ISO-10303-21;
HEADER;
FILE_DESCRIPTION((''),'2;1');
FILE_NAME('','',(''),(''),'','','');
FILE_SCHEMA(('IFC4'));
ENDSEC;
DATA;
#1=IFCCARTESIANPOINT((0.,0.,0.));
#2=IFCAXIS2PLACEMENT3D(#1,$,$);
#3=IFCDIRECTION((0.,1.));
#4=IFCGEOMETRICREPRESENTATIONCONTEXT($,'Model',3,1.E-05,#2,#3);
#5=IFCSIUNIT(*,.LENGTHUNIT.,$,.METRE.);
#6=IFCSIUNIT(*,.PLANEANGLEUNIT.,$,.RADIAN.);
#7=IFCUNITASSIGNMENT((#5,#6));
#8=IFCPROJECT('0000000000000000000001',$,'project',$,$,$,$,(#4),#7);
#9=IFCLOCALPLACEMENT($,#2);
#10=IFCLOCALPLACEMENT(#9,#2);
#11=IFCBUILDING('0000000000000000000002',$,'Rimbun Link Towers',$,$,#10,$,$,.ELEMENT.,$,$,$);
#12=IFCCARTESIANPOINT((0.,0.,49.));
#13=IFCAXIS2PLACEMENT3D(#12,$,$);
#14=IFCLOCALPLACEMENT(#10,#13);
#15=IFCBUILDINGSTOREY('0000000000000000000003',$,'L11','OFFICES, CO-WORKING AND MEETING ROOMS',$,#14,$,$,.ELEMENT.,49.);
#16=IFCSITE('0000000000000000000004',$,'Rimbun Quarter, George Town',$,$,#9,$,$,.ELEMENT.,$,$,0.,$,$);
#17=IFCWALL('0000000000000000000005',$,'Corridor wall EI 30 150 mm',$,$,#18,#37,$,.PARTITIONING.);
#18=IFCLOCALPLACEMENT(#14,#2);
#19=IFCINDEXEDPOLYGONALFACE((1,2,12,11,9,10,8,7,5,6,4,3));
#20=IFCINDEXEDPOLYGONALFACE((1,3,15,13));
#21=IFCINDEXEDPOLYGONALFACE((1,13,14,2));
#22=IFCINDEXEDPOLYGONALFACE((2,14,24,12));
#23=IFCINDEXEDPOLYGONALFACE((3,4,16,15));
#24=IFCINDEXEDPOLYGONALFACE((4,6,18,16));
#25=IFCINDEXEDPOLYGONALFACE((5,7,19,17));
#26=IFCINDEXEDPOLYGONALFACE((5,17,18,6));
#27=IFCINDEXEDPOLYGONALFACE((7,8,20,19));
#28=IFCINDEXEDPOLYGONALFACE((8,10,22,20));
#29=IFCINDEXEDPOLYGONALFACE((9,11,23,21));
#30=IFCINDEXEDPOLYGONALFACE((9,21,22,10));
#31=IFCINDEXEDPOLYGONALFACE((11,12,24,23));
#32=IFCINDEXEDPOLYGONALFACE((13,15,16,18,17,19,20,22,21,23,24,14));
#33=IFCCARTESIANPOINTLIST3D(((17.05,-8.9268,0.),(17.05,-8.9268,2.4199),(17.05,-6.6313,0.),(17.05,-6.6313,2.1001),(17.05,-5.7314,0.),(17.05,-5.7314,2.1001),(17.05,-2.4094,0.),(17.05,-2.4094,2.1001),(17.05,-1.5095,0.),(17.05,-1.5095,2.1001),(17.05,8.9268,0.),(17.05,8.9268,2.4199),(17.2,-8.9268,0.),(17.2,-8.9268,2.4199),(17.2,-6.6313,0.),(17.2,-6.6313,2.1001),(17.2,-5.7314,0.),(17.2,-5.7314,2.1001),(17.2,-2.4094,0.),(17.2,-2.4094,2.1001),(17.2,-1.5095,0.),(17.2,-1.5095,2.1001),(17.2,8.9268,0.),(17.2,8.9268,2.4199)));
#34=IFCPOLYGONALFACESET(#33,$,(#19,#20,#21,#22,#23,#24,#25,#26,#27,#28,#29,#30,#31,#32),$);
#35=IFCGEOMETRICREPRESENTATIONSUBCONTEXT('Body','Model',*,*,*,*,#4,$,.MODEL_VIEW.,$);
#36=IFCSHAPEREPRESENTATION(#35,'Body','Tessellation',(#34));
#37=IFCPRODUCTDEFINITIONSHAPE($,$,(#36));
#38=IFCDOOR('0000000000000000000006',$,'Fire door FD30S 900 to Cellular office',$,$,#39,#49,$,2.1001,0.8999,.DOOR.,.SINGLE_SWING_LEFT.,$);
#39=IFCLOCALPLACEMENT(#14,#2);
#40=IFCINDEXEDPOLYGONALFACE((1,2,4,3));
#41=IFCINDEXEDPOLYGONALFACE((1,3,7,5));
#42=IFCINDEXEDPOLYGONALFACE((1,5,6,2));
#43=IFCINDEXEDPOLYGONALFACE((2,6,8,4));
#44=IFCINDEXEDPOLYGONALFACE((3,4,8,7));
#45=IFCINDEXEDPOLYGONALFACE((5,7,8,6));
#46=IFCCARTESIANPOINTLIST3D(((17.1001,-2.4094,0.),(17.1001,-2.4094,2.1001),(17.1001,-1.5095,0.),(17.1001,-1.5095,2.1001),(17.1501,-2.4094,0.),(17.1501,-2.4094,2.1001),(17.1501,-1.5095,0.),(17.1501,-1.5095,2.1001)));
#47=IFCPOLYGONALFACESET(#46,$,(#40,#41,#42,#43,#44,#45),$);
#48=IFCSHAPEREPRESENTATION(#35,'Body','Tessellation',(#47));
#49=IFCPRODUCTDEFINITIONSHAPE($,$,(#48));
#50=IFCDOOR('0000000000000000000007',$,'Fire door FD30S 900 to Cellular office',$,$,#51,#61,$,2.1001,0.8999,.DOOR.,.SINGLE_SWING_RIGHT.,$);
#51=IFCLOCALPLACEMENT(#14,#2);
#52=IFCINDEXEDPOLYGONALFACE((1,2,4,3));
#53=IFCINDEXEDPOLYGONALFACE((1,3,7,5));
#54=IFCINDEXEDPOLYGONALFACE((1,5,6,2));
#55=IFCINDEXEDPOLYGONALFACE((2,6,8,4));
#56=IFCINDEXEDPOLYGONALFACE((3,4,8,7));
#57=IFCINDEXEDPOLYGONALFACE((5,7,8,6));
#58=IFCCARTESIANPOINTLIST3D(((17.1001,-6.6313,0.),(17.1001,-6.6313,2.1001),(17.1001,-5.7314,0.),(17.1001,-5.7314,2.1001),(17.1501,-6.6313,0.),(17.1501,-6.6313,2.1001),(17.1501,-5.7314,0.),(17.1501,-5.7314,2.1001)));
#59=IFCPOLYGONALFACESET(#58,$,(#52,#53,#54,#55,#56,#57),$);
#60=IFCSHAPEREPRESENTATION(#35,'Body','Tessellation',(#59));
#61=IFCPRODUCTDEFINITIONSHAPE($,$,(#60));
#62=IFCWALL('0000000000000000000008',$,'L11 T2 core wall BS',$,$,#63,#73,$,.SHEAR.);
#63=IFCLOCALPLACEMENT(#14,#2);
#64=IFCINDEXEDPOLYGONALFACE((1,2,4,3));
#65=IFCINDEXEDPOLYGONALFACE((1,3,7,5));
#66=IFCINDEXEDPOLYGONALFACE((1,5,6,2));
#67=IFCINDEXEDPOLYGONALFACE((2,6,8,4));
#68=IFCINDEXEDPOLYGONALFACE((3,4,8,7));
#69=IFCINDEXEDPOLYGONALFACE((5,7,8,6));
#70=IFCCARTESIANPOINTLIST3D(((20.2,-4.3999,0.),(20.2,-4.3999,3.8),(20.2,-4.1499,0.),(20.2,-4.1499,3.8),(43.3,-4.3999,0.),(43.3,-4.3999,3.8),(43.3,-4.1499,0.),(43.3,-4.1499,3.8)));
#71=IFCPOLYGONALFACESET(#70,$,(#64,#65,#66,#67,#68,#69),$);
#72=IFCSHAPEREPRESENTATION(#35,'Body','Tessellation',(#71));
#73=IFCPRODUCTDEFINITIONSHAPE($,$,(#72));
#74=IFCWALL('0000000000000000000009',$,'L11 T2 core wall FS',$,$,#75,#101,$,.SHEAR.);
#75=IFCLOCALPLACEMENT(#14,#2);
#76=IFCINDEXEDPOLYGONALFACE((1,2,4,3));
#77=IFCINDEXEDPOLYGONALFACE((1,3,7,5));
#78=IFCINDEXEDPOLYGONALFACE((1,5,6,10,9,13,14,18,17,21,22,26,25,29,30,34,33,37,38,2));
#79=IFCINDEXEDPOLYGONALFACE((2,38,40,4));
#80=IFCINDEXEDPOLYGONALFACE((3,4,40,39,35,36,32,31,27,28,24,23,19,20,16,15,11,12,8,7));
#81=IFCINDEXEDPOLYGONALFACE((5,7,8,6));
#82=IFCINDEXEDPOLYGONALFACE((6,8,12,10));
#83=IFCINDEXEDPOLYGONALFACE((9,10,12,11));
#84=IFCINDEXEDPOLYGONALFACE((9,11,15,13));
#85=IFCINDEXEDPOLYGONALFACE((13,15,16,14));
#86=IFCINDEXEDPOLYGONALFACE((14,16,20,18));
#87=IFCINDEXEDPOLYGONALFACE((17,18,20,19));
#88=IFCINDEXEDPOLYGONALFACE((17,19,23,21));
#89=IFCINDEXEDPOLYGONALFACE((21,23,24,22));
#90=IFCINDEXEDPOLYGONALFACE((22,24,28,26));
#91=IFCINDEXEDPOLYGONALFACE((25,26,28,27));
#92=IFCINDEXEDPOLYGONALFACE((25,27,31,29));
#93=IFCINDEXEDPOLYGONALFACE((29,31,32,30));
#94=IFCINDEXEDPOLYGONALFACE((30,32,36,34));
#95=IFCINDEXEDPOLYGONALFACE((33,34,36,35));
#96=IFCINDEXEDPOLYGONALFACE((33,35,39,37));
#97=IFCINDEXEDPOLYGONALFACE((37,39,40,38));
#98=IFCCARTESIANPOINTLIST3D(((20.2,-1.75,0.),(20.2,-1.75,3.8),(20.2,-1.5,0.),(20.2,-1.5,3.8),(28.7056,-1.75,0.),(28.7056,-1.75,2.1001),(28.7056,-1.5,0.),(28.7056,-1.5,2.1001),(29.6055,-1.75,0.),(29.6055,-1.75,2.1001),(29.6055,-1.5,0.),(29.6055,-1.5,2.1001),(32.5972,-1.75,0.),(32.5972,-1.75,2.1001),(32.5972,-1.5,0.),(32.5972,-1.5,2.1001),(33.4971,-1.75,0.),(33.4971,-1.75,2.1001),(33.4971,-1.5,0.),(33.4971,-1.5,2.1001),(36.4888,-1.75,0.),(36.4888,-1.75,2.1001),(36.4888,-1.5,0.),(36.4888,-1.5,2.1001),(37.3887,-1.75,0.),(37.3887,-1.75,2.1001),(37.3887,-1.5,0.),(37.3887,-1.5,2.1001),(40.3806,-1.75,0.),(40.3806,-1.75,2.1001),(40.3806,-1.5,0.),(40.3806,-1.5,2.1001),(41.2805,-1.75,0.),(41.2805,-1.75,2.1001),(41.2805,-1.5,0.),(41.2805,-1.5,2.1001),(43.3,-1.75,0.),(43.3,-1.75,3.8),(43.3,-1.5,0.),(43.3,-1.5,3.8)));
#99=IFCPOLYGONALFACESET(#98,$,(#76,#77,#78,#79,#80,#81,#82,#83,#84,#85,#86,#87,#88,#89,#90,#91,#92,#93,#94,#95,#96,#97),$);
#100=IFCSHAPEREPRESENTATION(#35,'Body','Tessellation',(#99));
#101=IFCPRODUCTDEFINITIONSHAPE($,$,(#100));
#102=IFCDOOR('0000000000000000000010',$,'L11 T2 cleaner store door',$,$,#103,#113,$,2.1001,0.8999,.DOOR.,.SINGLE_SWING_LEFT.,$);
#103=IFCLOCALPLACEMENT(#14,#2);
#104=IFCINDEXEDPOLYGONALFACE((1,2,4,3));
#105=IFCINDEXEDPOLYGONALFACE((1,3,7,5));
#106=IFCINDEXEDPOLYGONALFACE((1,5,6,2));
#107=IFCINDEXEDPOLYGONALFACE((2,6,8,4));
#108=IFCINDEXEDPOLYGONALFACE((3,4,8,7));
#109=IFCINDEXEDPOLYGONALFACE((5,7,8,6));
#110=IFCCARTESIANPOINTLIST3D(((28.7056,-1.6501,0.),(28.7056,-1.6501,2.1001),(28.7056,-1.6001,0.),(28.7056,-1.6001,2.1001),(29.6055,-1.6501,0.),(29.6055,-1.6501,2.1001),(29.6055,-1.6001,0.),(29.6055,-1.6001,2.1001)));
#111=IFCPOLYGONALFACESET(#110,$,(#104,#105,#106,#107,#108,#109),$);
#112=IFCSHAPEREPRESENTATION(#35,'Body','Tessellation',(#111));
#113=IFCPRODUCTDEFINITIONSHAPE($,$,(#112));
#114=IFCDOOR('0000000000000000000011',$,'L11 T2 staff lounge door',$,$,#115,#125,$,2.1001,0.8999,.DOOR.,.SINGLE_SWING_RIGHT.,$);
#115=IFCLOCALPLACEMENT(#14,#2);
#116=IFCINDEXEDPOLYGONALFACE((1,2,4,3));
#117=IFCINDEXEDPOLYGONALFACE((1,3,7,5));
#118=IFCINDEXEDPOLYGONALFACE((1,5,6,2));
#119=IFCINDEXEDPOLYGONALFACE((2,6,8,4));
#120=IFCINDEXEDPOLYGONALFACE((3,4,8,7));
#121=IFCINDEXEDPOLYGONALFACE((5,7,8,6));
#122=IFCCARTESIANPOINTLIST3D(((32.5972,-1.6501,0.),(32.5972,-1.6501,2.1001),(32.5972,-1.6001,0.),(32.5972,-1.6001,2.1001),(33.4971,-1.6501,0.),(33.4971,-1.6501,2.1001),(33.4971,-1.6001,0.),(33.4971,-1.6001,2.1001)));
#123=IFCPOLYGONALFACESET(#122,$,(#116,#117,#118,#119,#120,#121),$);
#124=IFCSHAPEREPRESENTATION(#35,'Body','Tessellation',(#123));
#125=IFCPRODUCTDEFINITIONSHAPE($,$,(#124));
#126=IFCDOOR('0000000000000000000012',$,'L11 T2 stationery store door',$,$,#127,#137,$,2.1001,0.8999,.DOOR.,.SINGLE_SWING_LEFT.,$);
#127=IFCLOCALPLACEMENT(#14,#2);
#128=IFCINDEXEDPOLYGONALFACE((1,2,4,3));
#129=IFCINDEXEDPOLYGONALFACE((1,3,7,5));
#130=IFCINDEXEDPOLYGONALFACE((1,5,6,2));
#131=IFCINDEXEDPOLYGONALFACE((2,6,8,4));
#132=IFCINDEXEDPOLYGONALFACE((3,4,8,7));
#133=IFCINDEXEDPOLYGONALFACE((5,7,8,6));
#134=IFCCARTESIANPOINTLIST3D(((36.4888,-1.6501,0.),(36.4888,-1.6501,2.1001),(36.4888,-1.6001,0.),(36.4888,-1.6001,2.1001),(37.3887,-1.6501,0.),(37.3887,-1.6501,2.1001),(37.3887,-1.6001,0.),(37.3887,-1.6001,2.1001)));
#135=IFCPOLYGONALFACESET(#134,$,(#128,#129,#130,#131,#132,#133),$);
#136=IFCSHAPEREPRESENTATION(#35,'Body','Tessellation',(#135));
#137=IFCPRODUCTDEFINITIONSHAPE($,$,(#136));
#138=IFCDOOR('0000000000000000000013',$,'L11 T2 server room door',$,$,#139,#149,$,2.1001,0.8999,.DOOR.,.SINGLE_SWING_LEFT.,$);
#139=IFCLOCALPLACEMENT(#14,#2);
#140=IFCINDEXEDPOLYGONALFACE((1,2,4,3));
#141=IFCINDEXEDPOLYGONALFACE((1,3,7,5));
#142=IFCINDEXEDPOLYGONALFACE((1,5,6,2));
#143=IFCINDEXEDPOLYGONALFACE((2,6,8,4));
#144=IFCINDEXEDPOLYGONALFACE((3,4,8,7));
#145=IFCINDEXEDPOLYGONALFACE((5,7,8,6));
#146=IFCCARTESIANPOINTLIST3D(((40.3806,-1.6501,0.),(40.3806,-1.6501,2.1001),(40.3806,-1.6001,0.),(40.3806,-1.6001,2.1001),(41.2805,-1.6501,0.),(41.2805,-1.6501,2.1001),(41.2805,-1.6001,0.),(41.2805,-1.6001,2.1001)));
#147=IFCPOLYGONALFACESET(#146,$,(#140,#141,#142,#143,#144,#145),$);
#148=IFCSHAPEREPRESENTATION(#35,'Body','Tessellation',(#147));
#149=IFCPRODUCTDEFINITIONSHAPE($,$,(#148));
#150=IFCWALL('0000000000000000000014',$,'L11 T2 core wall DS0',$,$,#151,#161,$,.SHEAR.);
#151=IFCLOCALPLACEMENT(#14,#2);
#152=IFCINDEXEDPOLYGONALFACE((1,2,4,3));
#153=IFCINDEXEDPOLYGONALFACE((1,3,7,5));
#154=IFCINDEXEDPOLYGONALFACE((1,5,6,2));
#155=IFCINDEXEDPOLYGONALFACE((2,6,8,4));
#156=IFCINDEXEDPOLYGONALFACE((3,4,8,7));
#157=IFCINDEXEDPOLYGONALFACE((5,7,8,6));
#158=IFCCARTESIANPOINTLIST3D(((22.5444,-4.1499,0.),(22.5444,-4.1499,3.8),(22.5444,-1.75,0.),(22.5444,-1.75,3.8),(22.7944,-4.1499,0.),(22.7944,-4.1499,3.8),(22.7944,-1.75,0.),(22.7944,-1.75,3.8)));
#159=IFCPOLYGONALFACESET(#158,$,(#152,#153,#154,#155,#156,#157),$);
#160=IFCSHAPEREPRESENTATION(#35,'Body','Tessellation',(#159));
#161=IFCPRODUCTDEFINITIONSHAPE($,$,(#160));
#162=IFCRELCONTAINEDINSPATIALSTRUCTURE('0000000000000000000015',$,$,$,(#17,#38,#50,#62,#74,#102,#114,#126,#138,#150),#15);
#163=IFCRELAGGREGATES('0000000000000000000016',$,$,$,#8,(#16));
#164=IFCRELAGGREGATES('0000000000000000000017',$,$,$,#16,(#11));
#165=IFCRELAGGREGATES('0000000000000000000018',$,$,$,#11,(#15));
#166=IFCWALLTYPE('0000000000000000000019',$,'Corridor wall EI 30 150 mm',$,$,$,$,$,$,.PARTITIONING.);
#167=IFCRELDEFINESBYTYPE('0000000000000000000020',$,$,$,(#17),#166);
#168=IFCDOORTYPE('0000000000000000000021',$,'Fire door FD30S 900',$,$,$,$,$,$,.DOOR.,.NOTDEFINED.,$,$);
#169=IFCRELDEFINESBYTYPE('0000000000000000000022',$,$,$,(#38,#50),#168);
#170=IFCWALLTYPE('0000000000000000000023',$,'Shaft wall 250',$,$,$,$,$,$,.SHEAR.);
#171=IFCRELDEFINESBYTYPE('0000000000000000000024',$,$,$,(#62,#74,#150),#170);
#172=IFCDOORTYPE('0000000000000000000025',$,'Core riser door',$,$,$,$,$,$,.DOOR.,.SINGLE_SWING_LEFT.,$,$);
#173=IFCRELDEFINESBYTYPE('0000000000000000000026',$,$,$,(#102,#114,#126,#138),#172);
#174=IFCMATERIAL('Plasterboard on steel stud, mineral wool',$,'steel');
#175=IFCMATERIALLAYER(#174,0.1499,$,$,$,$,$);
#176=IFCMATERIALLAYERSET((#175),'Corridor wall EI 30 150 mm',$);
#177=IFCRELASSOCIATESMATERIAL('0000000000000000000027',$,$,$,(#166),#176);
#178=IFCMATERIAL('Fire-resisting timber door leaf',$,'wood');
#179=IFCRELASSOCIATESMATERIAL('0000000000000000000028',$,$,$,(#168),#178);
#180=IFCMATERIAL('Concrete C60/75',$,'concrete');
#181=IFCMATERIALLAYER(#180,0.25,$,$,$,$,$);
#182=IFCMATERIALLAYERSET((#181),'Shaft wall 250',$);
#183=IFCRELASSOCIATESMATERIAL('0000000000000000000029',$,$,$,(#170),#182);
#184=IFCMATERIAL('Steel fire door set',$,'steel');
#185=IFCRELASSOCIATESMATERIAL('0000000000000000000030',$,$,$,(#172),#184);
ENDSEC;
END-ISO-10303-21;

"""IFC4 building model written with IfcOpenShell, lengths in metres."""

from ifc_helpers import new_model, si_unit, direction, frame, frame_2d, origin, place, context, subcontext, project, spatial, rectangle, extrude, material, layer, layer_set, type_object, element, fill, save


model = new_model("IFC4")

# Units and contexts
model_context = context("Model", 3, precision=1e-05, world=origin(), true_north=direction((0.0, 1.0)))
body_context = subcontext(model_context, "Body", "Model", "MODEL_VIEW")
ifc_project = project(units=[si_unit("LENGTHUNIT", "METRE"), si_unit("PLANEANGLEUNIT", "RADIAN")], contexts=[model_context])

# Site, building, storey
site_placement = place(None, origin())
site = spatial("IfcSite", under=ifc_project, at=site_placement, Name="Rimbun Quarter, George Town", CompositionType="ELEMENT", RefElevation=0.0)
building_placement = place(site_placement, origin())
building = spatial("IfcBuilding", under=site, at=building_placement, Name="Rimbun Link Towers", CompositionType="ELEMENT")
storey_placement = place(building_placement, frame((0.0, 0.0, 49.0)))
storey = spatial("IfcBuildingStorey", under=building, at=storey_placement, Name="L11", Description="OFFICES, CO-WORKING AND MEETING ROOMS", CompositionType="ELEMENT", Elevation=49.0)

# Shared definitions
ifc_material_1 = material(Name="Plasterboard on steel stud, mineral wool", Category="steel")
ifc_layer_1 = layer(ifc_material_1, 0.1499)
ifc_layer_set_1 = layer_set([ifc_layer_1], Name="Corridor wall EI 30 150 mm")
wall_type_1 = type_object("IfcWallType", Name="Corridor wall EI 30 150 mm", PredefinedType="PARTITIONING", material=ifc_layer_set_1)
ifc_material_2 = material(Name="Fire-resisting timber door leaf", Category="wood")
door_type_1 = type_object("IfcDoorType", Name="Fire door FD30S 900", OperationType="NOTDEFINED", PredefinedType="DOOR", material=ifc_material_2)

# Wall, openings, doors
wall_1_placement = place(storey_placement, frame((17.125, -8.9268, 0.0), z_axis=(0.0, 0.0, 1.0), x_axis=(0.0, 1.0, 0.0)))
wall_1 = element("IfcWall", 1, at=wall_1_placement, inside=storey, type_object=wall_type_1, Name="Corridor wall EI 30 150 mm", PredefinedType="PARTITIONING", context=body_context, shape_type="SweptSolid", body=[
    extrude(rectangle(XDim=17.8535, YDim=0.1499, at=frame_2d((8.9268, 0.0))), origin(), (0.0, 0.0, 1.0), 2.4199),
])
opening_1_placement = place(wall_1_placement, frame((6.5173, 0.0, 0.0)))
opening_1 = element("IfcOpeningElement", 2, at=opening_1_placement, cuts=wall_1, PredefinedType="OPENING", context=body_context, shape_type="SweptSolid", body=[
    extrude(rectangle(XDim=0.8999, YDim=2.1001, at=frame_2d((0.45, 1.05))), frame((0.0, 0.085, 0.0), z_axis=(0.0, -1.0, 0.0), x_axis=(1.0, 0.0, 0.0)), (0.0, 0.0, 1.0), 0.1699),
])
opening_2_placement = place(wall_1_placement, frame((2.2954, 0.0, 0.0)))
opening_2 = element("IfcOpeningElement", 3, at=opening_2_placement, cuts=wall_1, PredefinedType="OPENING", context=body_context, shape_type="SweptSolid", body=[
    extrude(rectangle(XDim=0.8999, YDim=2.1001, at=frame_2d((0.45, 1.05))), frame((0.0, 0.085, 0.0), z_axis=(0.0, -1.0, 0.0), x_axis=(1.0, 0.0, 0.0)), (0.0, 0.0, 1.0), 0.1699),
])
door_1_placement = place(opening_1_placement, origin())
door_1 = element("IfcDoor", 4, at=door_1_placement, inside=storey, type_object=door_type_1, Name="Fire door FD30S 900 to Cellular office", OperationType="SINGLE_SWING_LEFT", OverallHeight=2.1001, OverallWidth=0.8999, PredefinedType="DOOR", context=body_context, shape_type="SweptSolid", body=[
    extrude(rectangle(XDim=0.8999, YDim=2.1001, at=frame_2d((0.45, 1.05))), frame((0.0, 0.0249, 0.0), z_axis=(0.0, -1.0, 0.0), x_axis=(1.0, 0.0, 0.0)), (0.0, 0.0, 1.0), 0.05),
])
fill(opening_1, door_1)
door_2_placement = place(opening_2_placement, origin())
door_2 = element("IfcDoor", 5, at=door_2_placement, inside=storey, type_object=door_type_1, Name="Fire door FD30S 900 to Cellular office", OperationType="SINGLE_SWING_RIGHT", OverallHeight=2.1001, OverallWidth=0.8999, PredefinedType="DOOR", context=body_context, shape_type="SweptSolid", body=[
    extrude(rectangle(XDim=0.8999, YDim=2.1001, at=frame_2d((0.45, 1.05))), frame((0.0, 0.0249, 0.0), z_axis=(0.0, -1.0, 0.0), x_axis=(1.0, 0.0, 0.0)), (0.0, 0.0, 1.0), 0.05),
])
fill(opening_2, door_2)

# Wall
ifc_material_3 = material(Name="Concrete C60/75", Category="concrete")
ifc_layer_2 = layer(ifc_material_3, 0.25)
ifc_layer_set_2 = layer_set([ifc_layer_2], Name="Shaft wall 250")
wall_type_2 = type_object("IfcWallType", Name="Shaft wall 250", PredefinedType="SHEAR", material=ifc_layer_set_2)
wall_2_placement = place(storey_placement, frame((20.2, -4.2749, 0.0), z_axis=(0.0, 0.0, 1.0), x_axis=(1.0, 0.0, 0.0)))
element("IfcWall", 6, at=wall_2_placement, inside=storey, type_object=wall_type_2, Name="L11 T2 core wall BS", PredefinedType="SHEAR", context=body_context, shape_type="SweptSolid", body=[
    extrude(rectangle(XDim=23.1001, YDim=0.25, at=frame_2d((11.55, 0.0))), origin(), (0.0, 0.0, 1.0), 3.8),
])

# Wall, openings, doors
wall_3_placement = place(storey_placement, frame((20.2, -1.625, 0.0), z_axis=(0.0, 0.0, 1.0), x_axis=(1.0, 0.0, 0.0)))
wall_3 = element("IfcWall", 7, at=wall_3_placement, inside=storey, type_object=wall_type_2, Name="L11 T2 core wall FS", PredefinedType="SHEAR", context=body_context, shape_type="SweptSolid", body=[
    extrude(rectangle(XDim=23.1001, YDim=0.25, at=frame_2d((11.55, 0.0))), origin(), (0.0, 0.0, 1.0), 3.8),
])
opening_3_placement = place(wall_3_placement, frame((8.5056, 0.0, 0.0)))
opening_3 = element("IfcOpeningElement", 8, at=opening_3_placement, cuts=wall_3, PredefinedType="OPENING", context=body_context, shape_type="SweptSolid", body=[
    extrude(rectangle(XDim=0.8999, YDim=2.1001, at=frame_2d((0.45, 1.05))), frame((0.0, 0.135, 0.0), z_axis=(0.0, -1.0, 0.0), x_axis=(1.0, 0.0, 0.0)), (0.0, 0.0, 1.0), 0.27),
])
opening_4_placement = place(wall_3_placement, frame((12.3972, 0.0, 0.0)))
opening_4 = element("IfcOpeningElement", 9, at=opening_4_placement, cuts=wall_3, PredefinedType="OPENING", context=body_context, shape_type="SweptSolid", body=[
    extrude(rectangle(XDim=0.8999, YDim=2.1001, at=frame_2d((0.45, 1.05))), frame((0.0, 0.135, 0.0), z_axis=(0.0, -1.0, 0.0), x_axis=(1.0, 0.0, 0.0)), (0.0, 0.0, 1.0), 0.27),
])
opening_5_placement = place(wall_3_placement, frame((16.2888, 0.0, 0.0)))
opening_5 = element("IfcOpeningElement", 10, at=opening_5_placement, cuts=wall_3, PredefinedType="OPENING", context=body_context, shape_type="SweptSolid", body=[
    extrude(rectangle(XDim=0.8999, YDim=2.1001, at=frame_2d((0.45, 1.05))), frame((0.0, 0.135, 0.0), z_axis=(0.0, -1.0, 0.0), x_axis=(1.0, 0.0, 0.0)), (0.0, 0.0, 1.0), 0.27),
])
opening_6_placement = place(wall_3_placement, frame((20.1807, 0.0, 0.0)))
opening_6 = element("IfcOpeningElement", 11, at=opening_6_placement, cuts=wall_3, PredefinedType="OPENING", context=body_context, shape_type="SweptSolid", body=[
    extrude(rectangle(XDim=0.8999, YDim=2.1001, at=frame_2d((0.45, 1.05))), frame((0.0, 0.135, 0.0), z_axis=(0.0, -1.0, 0.0), x_axis=(1.0, 0.0, 0.0)), (0.0, 0.0, 1.0), 0.27),
])
ifc_material_4 = material(Name="Steel fire door set", Category="steel")
door_type_2 = type_object("IfcDoorType", Name="Core riser door", OperationType="SINGLE_SWING_LEFT", PredefinedType="DOOR", material=ifc_material_4)
door_3_placement = place(opening_3_placement, origin())
door_3 = element("IfcDoor", 12, at=door_3_placement, inside=storey, type_object=door_type_2, Name="L11 T2 cleaner store door", OperationType="SINGLE_SWING_LEFT", OverallHeight=2.1001, OverallWidth=0.8999, PredefinedType="DOOR", context=body_context, shape_type="SweptSolid", body=[
    extrude(rectangle(XDim=0.8999, YDim=2.1001, at=frame_2d((0.45, 1.05))), frame((0.0, 0.0249, 0.0), z_axis=(0.0, -1.0, 0.0), x_axis=(1.0, 0.0, 0.0)), (0.0, 0.0, 1.0), 0.05),
])
fill(opening_3, door_3)
door_4_placement = place(opening_4_placement, origin())
door_4 = element("IfcDoor", 13, at=door_4_placement, inside=storey, type_object=door_type_2, Name="L11 T2 staff lounge door", OperationType="SINGLE_SWING_RIGHT", OverallHeight=2.1001, OverallWidth=0.8999, PredefinedType="DOOR", context=body_context, shape_type="SweptSolid", body=[
    extrude(rectangle(XDim=0.8999, YDim=2.1001, at=frame_2d((0.45, 1.05))), frame((0.0, 0.0249, 0.0), z_axis=(0.0, -1.0, 0.0), x_axis=(1.0, 0.0, 0.0)), (0.0, 0.0, 1.0), 0.05),
])
fill(opening_4, door_4)
door_5_placement = place(opening_5_placement, origin())
door_5 = element("IfcDoor", 14, at=door_5_placement, inside=storey, type_object=door_type_2, Name="L11 T2 stationery store door", OperationType="SINGLE_SWING_LEFT", OverallHeight=2.1001, OverallWidth=0.8999, PredefinedType="DOOR", context=body_context, shape_type="SweptSolid", body=[
    extrude(rectangle(XDim=0.8999, YDim=2.1001, at=frame_2d((0.45, 1.05))), frame((0.0, 0.0249, 0.0), z_axis=(0.0, -1.0, 0.0), x_axis=(1.0, 0.0, 0.0)), (0.0, 0.0, 1.0), 0.05),
])
fill(opening_5, door_5)
door_6_placement = place(opening_6_placement, origin())
door_6 = element("IfcDoor", 15, at=door_6_placement, inside=storey, type_object=door_type_2, Name="L11 T2 server room door", OperationType="SINGLE_SWING_LEFT", OverallHeight=2.1001, OverallWidth=0.8999, PredefinedType="DOOR", context=body_context, shape_type="SweptSolid", body=[
    extrude(rectangle(XDim=0.8999, YDim=2.1001, at=frame_2d((0.45, 1.05))), frame((0.0, 0.0249, 0.0), z_axis=(0.0, -1.0, 0.0), x_axis=(1.0, 0.0, 0.0)), (0.0, 0.0, 1.0), 0.05),
])
fill(opening_6, door_6)

# Wall
for number, where, z_axis, x_axis, name in (
    (16, (22.6694, -4.1499, 0.0), (0.0, 0.0, 1.0), (0.0, 1.0, 0.0), "L11 T2 core wall DS0"),
):
    element("IfcWall", number, at=place(storey_placement, frame(where, z_axis=z_axis, x_axis=x_axis)), inside=storey, type_object=wall_type_2, Name=name, PredefinedType="SHEAR", context=body_context, shape_type="SweptSolid", body=[
        extrude(rectangle(XDim=2.3999, YDim=0.25, at=frame_2d((1.2, 0.0))), origin(), (0.0, 0.0, 1.0), 3.8),
    ])

save(model, "model.ifc")
